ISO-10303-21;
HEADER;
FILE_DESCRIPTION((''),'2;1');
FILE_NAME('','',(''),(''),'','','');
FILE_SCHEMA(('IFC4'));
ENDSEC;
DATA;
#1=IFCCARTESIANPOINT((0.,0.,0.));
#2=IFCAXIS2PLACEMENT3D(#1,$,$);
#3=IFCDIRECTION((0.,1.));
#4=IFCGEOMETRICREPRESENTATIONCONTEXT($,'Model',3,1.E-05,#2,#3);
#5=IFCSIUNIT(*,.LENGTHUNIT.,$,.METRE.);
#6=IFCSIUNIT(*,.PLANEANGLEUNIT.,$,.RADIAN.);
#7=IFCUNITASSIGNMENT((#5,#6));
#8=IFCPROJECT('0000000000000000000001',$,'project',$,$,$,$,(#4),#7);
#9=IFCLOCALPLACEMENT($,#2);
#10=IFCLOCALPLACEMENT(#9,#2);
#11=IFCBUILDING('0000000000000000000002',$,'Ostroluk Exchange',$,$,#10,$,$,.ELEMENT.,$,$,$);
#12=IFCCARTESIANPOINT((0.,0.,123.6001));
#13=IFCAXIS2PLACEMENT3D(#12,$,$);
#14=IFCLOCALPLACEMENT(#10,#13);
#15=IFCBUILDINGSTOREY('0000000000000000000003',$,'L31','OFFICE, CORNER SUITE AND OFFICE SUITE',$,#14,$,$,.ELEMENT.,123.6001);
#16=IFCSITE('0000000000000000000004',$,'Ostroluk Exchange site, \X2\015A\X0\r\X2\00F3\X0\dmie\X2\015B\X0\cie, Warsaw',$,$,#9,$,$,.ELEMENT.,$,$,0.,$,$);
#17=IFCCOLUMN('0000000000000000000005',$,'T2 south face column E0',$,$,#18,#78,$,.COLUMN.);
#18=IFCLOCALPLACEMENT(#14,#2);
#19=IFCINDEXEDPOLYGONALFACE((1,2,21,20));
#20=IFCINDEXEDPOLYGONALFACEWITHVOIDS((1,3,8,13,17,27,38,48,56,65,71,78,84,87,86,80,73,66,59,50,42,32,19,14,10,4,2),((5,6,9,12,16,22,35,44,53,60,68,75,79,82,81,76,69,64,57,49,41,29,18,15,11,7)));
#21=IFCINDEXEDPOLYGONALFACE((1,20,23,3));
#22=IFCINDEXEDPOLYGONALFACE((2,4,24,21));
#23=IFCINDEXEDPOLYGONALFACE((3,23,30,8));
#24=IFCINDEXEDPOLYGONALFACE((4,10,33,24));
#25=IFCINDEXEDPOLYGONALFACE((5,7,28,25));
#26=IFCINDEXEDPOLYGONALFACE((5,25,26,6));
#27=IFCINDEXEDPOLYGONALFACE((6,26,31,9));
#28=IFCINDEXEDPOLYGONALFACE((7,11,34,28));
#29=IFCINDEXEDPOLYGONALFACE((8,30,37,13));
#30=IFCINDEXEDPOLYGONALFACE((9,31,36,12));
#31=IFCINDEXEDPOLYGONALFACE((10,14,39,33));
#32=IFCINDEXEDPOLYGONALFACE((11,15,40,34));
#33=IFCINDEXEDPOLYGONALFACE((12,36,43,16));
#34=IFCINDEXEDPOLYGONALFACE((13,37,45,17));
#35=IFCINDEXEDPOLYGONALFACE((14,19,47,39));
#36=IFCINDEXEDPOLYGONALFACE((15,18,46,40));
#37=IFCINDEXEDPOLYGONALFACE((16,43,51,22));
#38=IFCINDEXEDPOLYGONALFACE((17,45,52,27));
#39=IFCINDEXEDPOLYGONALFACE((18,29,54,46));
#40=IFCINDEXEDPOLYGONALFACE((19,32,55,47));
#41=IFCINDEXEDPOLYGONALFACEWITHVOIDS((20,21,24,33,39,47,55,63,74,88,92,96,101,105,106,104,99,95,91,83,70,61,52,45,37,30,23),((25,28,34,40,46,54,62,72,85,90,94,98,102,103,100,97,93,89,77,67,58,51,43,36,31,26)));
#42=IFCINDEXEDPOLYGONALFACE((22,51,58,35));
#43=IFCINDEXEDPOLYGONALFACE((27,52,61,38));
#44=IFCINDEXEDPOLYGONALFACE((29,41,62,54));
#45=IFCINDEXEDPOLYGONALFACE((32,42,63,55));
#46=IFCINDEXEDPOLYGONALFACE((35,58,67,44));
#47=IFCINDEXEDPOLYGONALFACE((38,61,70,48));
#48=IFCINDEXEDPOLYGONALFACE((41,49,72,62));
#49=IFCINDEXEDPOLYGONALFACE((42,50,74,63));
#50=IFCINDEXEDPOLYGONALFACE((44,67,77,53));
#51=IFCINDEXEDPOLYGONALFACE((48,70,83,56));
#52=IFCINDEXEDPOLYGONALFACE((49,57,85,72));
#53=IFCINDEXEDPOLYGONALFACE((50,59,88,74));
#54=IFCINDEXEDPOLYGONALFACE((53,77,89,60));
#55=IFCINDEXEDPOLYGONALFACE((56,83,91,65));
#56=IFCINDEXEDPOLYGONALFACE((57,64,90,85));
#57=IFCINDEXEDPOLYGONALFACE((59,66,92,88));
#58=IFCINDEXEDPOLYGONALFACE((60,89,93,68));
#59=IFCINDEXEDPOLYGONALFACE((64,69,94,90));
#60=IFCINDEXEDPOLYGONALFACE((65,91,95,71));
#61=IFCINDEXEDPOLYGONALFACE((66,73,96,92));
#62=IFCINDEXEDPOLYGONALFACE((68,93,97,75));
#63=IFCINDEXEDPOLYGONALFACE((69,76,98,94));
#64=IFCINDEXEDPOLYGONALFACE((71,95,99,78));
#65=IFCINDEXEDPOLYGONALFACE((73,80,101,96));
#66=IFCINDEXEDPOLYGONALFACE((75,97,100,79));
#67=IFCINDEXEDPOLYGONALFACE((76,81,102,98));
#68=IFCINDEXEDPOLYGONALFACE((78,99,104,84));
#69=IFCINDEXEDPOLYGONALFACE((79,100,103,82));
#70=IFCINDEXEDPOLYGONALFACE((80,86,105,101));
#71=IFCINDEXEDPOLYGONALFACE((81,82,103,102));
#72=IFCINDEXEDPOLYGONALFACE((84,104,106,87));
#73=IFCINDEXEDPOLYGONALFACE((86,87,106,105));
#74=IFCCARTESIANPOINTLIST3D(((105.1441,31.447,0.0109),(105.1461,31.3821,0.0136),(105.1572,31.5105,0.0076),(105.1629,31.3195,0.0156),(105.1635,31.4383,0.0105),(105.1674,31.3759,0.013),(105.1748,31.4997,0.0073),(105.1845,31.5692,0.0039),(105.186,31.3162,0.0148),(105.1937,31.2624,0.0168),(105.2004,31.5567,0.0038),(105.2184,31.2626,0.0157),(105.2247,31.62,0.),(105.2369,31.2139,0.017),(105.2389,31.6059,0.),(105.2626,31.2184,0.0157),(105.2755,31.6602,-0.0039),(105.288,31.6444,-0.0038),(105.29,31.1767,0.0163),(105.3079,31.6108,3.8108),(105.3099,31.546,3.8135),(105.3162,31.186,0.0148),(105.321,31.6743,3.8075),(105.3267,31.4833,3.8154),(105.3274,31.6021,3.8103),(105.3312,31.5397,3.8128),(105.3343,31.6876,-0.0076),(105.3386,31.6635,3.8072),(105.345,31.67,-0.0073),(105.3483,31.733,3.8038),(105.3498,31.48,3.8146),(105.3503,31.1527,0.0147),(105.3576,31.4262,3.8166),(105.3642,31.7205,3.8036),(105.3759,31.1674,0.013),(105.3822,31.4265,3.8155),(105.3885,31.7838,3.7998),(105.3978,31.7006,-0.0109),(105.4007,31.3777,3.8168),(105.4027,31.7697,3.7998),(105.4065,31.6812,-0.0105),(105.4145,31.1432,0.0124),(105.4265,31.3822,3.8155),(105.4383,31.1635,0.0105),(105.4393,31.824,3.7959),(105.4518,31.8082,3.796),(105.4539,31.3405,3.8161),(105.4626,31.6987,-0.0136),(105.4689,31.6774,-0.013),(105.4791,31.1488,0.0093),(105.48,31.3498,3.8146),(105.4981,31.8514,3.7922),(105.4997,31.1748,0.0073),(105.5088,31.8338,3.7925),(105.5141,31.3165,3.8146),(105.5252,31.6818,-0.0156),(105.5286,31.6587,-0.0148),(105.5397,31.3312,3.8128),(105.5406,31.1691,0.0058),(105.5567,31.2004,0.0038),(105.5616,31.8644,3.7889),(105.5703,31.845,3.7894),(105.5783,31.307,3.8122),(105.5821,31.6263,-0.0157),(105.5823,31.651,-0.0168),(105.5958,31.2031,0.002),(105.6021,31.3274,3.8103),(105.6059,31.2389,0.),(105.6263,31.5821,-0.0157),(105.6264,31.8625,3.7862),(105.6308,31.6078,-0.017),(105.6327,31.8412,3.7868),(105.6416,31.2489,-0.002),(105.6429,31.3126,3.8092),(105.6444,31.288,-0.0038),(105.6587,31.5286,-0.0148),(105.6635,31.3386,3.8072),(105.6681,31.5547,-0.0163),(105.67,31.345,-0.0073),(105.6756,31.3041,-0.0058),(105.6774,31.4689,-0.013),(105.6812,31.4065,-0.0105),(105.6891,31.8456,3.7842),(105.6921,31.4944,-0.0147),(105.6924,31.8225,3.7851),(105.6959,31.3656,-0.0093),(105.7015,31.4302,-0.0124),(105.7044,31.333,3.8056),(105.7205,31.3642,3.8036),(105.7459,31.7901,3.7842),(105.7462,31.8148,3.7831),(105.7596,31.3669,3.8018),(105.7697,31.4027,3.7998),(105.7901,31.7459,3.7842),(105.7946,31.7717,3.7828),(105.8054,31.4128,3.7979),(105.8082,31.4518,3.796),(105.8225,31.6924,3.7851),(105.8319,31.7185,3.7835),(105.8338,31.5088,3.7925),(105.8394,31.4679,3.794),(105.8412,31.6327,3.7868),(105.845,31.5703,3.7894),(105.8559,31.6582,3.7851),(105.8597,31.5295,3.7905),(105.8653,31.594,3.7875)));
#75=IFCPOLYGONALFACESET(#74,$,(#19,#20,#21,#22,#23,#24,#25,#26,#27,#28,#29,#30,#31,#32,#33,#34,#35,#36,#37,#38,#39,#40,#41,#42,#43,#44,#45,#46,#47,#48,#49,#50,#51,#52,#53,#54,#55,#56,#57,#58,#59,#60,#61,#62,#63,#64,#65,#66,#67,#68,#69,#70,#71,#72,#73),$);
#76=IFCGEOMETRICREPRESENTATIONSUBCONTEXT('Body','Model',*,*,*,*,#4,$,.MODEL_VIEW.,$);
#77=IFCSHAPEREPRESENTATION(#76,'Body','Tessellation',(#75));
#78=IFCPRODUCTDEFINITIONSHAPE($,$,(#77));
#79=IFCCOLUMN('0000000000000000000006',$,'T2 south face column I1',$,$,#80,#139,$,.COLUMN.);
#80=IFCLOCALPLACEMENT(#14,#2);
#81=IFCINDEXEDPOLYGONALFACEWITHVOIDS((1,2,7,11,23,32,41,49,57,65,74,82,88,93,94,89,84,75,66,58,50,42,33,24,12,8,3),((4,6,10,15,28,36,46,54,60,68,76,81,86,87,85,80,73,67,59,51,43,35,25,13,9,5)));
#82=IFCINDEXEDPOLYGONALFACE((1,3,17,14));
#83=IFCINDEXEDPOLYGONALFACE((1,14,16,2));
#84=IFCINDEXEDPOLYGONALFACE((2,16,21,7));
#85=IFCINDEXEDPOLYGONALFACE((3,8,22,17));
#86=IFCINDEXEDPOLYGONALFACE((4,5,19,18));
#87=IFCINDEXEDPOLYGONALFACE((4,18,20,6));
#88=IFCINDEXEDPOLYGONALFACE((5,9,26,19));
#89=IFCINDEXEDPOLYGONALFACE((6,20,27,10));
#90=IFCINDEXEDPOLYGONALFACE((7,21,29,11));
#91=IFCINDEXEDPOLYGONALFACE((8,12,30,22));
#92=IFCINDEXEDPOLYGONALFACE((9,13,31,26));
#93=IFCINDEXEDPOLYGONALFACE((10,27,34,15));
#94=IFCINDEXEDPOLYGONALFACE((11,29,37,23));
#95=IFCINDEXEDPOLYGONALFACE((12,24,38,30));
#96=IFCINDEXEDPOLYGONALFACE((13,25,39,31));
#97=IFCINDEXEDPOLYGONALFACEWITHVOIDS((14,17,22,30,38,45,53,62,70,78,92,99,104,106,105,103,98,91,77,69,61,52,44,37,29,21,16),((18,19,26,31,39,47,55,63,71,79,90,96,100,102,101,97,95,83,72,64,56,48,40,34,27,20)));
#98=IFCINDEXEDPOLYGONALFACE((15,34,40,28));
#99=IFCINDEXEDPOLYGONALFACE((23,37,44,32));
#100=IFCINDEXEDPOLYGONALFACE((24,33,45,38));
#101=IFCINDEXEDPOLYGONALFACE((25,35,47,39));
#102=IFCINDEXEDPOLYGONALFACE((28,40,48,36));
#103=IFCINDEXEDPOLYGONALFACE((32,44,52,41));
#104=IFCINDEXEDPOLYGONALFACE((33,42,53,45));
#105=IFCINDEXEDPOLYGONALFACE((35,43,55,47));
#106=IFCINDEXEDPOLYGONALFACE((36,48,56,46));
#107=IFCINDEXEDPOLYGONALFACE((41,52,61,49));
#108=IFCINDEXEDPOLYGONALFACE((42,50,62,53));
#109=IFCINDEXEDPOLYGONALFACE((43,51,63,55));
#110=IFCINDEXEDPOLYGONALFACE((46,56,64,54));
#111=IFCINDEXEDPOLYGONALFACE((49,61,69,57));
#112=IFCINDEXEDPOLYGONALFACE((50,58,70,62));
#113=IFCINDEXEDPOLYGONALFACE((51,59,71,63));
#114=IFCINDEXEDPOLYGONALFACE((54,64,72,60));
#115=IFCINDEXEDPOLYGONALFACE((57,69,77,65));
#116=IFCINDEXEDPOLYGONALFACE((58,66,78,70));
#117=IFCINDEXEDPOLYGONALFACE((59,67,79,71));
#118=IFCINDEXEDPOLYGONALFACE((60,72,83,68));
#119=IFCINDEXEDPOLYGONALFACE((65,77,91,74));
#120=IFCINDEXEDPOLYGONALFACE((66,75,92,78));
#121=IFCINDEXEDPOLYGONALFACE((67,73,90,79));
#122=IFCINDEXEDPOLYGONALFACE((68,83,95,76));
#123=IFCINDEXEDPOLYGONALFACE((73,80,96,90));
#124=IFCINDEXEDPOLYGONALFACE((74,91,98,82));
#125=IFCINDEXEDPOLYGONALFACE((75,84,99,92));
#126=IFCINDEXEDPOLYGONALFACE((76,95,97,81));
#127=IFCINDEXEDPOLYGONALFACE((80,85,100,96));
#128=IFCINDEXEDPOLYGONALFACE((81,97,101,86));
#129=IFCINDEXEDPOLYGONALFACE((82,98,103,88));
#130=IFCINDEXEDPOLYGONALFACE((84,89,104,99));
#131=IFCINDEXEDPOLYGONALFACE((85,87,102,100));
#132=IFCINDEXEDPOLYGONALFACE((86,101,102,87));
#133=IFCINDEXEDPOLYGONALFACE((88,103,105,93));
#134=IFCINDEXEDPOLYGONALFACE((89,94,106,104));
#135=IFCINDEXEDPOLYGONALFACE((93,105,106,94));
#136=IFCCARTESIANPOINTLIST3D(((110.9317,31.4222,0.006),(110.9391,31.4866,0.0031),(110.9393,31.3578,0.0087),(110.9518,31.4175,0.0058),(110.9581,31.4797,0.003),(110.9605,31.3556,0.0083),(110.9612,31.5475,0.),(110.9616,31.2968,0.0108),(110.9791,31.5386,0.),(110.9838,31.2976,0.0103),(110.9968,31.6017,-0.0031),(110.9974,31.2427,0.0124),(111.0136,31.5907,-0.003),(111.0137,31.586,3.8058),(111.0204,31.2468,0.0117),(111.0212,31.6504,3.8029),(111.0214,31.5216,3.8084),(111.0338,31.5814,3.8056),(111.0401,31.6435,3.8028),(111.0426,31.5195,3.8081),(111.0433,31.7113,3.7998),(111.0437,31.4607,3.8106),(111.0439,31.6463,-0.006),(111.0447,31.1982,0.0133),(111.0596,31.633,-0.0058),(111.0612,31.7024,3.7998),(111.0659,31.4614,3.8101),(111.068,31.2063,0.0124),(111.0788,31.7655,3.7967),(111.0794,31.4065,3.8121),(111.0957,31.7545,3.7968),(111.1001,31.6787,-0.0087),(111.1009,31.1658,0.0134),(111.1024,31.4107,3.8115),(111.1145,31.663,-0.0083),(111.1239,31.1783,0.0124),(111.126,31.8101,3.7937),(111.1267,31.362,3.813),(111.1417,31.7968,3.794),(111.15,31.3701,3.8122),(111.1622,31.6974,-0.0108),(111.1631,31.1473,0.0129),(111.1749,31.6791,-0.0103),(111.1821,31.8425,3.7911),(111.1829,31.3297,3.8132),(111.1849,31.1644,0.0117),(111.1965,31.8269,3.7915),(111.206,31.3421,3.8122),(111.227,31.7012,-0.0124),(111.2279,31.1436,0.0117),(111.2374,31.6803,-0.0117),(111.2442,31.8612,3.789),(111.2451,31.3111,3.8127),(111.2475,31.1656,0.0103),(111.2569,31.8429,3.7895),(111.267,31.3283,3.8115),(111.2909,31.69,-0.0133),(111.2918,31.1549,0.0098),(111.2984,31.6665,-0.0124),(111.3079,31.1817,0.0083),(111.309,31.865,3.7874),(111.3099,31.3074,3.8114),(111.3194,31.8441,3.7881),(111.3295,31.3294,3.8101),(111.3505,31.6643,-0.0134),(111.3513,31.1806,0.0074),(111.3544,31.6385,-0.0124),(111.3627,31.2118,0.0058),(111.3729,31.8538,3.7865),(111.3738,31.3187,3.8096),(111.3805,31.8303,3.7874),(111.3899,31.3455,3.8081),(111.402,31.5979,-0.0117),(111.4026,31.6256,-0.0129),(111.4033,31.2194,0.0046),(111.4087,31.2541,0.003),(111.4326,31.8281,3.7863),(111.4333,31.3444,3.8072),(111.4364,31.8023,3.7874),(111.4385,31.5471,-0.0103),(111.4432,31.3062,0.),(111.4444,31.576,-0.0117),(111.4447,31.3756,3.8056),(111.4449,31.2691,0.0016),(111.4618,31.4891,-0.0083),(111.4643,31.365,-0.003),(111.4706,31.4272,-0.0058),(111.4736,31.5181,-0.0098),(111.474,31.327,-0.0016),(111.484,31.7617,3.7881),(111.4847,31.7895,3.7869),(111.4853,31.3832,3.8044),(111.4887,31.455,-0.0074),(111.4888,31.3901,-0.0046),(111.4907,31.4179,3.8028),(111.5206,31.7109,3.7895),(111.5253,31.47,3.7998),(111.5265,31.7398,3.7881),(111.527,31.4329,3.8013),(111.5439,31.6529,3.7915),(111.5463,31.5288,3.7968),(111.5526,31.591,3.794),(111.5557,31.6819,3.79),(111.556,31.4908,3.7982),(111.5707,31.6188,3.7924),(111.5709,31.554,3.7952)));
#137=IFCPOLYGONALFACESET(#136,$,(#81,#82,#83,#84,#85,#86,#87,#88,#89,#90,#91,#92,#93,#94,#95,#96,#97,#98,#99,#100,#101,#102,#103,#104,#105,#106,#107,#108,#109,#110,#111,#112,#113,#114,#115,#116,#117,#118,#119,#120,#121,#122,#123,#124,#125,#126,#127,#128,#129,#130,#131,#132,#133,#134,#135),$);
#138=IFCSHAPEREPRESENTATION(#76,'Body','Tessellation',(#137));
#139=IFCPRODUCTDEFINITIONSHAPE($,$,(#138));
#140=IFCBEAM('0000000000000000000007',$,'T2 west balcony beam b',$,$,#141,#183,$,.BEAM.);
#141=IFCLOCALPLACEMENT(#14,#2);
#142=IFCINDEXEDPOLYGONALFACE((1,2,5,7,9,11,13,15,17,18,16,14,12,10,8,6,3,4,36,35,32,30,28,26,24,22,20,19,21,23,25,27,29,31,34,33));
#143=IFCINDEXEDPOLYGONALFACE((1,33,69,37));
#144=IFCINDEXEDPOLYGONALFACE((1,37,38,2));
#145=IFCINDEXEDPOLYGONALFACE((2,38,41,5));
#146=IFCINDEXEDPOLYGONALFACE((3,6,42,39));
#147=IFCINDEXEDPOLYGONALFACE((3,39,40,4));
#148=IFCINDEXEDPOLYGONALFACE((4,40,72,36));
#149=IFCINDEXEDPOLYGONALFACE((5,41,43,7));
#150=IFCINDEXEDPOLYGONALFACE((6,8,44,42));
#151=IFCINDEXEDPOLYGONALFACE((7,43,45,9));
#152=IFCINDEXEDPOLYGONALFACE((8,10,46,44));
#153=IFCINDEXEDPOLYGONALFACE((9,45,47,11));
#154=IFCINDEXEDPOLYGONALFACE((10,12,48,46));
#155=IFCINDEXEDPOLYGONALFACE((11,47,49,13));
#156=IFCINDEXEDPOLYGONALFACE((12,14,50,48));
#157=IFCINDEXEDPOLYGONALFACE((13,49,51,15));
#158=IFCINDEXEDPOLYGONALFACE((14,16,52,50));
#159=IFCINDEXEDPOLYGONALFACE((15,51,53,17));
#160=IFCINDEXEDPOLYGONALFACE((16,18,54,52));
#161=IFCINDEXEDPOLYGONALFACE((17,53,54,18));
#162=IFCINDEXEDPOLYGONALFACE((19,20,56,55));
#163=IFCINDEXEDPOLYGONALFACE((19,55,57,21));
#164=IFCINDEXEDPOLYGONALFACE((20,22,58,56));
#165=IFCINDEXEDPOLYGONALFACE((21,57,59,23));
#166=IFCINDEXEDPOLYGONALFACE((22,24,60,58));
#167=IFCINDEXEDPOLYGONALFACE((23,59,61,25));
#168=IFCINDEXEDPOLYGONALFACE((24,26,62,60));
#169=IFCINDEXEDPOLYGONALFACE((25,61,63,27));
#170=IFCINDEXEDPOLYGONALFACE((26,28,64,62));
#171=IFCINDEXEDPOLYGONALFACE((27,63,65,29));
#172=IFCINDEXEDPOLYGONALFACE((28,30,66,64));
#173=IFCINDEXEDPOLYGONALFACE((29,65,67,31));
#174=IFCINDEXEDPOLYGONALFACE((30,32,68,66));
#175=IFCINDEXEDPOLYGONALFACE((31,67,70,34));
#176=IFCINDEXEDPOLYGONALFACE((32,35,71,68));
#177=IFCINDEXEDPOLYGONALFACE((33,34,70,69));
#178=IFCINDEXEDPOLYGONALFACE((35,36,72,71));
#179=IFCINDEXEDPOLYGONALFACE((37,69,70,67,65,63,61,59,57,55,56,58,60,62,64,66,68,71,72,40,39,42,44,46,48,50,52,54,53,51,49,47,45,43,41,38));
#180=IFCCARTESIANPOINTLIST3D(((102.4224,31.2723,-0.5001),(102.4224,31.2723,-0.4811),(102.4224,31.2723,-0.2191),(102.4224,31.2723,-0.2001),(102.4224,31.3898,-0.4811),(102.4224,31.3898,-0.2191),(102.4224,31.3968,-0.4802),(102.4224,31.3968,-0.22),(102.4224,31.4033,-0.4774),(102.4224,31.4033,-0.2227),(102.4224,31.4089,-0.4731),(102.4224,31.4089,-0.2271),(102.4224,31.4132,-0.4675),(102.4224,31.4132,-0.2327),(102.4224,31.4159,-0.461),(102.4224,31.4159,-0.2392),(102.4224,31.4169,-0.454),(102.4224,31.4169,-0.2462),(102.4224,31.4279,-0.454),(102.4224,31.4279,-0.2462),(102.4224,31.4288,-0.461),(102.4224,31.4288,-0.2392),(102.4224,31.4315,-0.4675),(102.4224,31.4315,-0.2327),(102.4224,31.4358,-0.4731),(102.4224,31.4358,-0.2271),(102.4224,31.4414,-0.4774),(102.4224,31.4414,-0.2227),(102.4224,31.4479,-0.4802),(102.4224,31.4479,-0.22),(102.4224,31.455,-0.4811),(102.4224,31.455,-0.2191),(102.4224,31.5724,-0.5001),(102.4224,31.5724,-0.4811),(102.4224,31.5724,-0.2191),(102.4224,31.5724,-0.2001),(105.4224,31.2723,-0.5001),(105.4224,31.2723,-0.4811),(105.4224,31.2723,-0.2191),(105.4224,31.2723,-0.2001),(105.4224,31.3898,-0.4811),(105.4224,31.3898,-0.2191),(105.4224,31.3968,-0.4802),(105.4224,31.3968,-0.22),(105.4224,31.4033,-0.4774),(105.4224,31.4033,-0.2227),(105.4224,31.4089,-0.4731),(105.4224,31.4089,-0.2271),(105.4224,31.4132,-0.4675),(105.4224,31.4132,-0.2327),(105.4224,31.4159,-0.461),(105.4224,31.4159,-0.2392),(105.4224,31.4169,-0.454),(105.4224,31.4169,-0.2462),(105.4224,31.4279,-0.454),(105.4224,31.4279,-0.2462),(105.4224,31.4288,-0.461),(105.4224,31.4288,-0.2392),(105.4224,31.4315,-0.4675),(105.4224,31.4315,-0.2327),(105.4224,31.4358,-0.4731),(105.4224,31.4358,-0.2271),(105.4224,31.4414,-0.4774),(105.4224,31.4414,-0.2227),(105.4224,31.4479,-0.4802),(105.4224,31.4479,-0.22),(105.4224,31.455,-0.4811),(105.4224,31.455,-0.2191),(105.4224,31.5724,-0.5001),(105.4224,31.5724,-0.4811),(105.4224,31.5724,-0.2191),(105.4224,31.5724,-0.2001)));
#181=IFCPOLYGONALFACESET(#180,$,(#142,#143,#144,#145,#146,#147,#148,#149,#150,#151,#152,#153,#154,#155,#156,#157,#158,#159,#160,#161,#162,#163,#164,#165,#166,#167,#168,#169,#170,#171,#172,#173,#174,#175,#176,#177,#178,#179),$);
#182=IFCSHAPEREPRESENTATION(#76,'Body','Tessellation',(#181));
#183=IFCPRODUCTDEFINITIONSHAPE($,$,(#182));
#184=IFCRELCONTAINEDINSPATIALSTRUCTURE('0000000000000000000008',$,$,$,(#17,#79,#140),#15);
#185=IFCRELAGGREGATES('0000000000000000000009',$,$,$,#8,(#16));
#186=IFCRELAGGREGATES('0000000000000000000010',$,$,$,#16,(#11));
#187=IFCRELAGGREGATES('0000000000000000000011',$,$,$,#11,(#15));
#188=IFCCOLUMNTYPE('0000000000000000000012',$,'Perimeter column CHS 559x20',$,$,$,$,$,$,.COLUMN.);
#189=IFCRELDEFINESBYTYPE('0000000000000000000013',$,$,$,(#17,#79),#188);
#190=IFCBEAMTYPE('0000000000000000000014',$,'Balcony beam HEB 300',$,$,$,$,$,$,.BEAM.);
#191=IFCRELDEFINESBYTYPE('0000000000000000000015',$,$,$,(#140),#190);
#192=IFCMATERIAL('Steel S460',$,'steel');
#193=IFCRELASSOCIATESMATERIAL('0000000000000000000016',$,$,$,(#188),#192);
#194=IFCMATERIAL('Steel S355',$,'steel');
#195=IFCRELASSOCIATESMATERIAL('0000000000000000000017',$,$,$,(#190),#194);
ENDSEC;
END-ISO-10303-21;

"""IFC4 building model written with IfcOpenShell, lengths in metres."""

from ifc_helpers import new_model, si_unit, direction, frame, origin, origin_2d, place, context, subcontext, project, spatial, hollow_circle, i_section, extrude, material, material_profile, profile_set, type_object, element, save


model = new_model("IFC4")

# Units and contexts
model_context = context("Model", 3, precision=1e-05, world=origin(), true_north=direction((0.0, 1.0)))
body_context = subcontext(model_context, "Body", "Model", "MODEL_VIEW")
ifc_project = project(units=[si_unit("LENGTHUNIT", "METRE"), si_unit("PLANEANGLEUNIT", "RADIAN")], contexts=[model_context])

# Site, building, storey
site_placement = place(None, origin())
site = spatial("IfcSite", under=ifc_project, at=site_placement, Name="Ostroluk Exchange site, Śródmieście, Warsaw", CompositionType="ELEMENT", RefElevation=0.0)
building_placement = place(site_placement, origin())
building = spatial("IfcBuilding", under=site, at=building_placement, Name="Ostroluk Exchange", CompositionType="ELEMENT")
storey_placement = place(building_placement, frame((0.0, 0.0, 123.6001)))
storey = spatial("IfcBuildingStorey", under=building, at=storey_placement, Name="L31", Description="OFFICE, CORNER SUITE AND OFFICE SUITE", CompositionType="ELEMENT", Elevation=123.6001)

# Columns
ifc_material_1 = material(Name="Steel S460", Category="steel")
ifc_material_profile_1 = material_profile(ifc_material_1, hollow_circle(Radius=0.2795, WallThickness=0.02, at=origin_2d()), Name="CHS 559x20")
ifc_profile_set_1 = profile_set([ifc_material_profile_1], Name="Steel S460")
column_type = type_object("IfcColumnType", Name="Perimeter column CHS 559x20", PredefinedType="COLUMN", material=ifc_profile_set_1)
column_1_placement = place(storey_placement, frame((105.4224, 31.4224, 0.0), z_axis=(0.043032, 0.043032, 0.998146), x_axis=(-0.707107, 0.707107, 0.0)))
element("IfcColumn", 1, at=column_1_placement, inside=storey, type_object=column_type, Name="T2 south face column E0", PredefinedType="COLUMN", context=body_context, shape_type="SweptSolid", body=[
    extrude(hollow_circle(Radius=0.2795, WallThickness=0.02, at=origin_2d()), origin(), (0.0, 0.0, 1.0), 3.8069),
])
column_2_placement = place(storey_placement, frame((111.2112, 31.4224, 0.0), z_axis=(0.021563, 0.043062, 0.99884), x_axis=(-0.894161, 0.447747, 0.0)))
element("IfcColumn", 2, at=column_2_placement, inside=storey, type_object=column_type, Name="T2 south face column I1", PredefinedType="COLUMN", context=body_context, shape_type="SweptSolid", body=[
    extrude(hollow_circle(Radius=0.2795, WallThickness=0.02, at=origin_2d()), origin(), (0.0, 0.0, 1.0), 3.8042),
])

# Beam
ifc_material_2 = material(Name="Steel S355", Category="steel")
ifc_material_profile_2 = material_profile(ifc_material_2, i_section(OverallWidth=0.3, OverallDepth=0.3, WebThickness=0.011, FlangeThickness=0.019, FilletRadius=0.0271, at=origin_2d()), Name="HEB 300")
ifc_profile_set_2 = profile_set([ifc_material_profile_2], Name="Steel S355")
beam_type_1 = type_object("IfcBeamType", Name="Balcony beam HEB 300", PredefinedType="BEAM", material=ifc_profile_set_2)
beam_1_placement = place(storey_placement, frame((105.4224, 31.4224, -0.3501), z_axis=(-1.0, 0.0, 0.0), x_axis=(0.0, -1.0, 0.0)))
element("IfcBeam", 3, at=beam_1_placement, inside=storey, type_object=beam_type_1, Name="T2 west balcony beam b", PredefinedType="BEAM", context=body_context, shape_type="SweptSolid", body=[
    extrude(i_section(OverallWidth=0.3, OverallDepth=0.3, WebThickness=0.011, FlangeThickness=0.019, FilletRadius=0.0271, at=origin_2d()), origin(), (0.0, 0.0, 1.0), 3.0),
])

save(model, "model.ifc")
